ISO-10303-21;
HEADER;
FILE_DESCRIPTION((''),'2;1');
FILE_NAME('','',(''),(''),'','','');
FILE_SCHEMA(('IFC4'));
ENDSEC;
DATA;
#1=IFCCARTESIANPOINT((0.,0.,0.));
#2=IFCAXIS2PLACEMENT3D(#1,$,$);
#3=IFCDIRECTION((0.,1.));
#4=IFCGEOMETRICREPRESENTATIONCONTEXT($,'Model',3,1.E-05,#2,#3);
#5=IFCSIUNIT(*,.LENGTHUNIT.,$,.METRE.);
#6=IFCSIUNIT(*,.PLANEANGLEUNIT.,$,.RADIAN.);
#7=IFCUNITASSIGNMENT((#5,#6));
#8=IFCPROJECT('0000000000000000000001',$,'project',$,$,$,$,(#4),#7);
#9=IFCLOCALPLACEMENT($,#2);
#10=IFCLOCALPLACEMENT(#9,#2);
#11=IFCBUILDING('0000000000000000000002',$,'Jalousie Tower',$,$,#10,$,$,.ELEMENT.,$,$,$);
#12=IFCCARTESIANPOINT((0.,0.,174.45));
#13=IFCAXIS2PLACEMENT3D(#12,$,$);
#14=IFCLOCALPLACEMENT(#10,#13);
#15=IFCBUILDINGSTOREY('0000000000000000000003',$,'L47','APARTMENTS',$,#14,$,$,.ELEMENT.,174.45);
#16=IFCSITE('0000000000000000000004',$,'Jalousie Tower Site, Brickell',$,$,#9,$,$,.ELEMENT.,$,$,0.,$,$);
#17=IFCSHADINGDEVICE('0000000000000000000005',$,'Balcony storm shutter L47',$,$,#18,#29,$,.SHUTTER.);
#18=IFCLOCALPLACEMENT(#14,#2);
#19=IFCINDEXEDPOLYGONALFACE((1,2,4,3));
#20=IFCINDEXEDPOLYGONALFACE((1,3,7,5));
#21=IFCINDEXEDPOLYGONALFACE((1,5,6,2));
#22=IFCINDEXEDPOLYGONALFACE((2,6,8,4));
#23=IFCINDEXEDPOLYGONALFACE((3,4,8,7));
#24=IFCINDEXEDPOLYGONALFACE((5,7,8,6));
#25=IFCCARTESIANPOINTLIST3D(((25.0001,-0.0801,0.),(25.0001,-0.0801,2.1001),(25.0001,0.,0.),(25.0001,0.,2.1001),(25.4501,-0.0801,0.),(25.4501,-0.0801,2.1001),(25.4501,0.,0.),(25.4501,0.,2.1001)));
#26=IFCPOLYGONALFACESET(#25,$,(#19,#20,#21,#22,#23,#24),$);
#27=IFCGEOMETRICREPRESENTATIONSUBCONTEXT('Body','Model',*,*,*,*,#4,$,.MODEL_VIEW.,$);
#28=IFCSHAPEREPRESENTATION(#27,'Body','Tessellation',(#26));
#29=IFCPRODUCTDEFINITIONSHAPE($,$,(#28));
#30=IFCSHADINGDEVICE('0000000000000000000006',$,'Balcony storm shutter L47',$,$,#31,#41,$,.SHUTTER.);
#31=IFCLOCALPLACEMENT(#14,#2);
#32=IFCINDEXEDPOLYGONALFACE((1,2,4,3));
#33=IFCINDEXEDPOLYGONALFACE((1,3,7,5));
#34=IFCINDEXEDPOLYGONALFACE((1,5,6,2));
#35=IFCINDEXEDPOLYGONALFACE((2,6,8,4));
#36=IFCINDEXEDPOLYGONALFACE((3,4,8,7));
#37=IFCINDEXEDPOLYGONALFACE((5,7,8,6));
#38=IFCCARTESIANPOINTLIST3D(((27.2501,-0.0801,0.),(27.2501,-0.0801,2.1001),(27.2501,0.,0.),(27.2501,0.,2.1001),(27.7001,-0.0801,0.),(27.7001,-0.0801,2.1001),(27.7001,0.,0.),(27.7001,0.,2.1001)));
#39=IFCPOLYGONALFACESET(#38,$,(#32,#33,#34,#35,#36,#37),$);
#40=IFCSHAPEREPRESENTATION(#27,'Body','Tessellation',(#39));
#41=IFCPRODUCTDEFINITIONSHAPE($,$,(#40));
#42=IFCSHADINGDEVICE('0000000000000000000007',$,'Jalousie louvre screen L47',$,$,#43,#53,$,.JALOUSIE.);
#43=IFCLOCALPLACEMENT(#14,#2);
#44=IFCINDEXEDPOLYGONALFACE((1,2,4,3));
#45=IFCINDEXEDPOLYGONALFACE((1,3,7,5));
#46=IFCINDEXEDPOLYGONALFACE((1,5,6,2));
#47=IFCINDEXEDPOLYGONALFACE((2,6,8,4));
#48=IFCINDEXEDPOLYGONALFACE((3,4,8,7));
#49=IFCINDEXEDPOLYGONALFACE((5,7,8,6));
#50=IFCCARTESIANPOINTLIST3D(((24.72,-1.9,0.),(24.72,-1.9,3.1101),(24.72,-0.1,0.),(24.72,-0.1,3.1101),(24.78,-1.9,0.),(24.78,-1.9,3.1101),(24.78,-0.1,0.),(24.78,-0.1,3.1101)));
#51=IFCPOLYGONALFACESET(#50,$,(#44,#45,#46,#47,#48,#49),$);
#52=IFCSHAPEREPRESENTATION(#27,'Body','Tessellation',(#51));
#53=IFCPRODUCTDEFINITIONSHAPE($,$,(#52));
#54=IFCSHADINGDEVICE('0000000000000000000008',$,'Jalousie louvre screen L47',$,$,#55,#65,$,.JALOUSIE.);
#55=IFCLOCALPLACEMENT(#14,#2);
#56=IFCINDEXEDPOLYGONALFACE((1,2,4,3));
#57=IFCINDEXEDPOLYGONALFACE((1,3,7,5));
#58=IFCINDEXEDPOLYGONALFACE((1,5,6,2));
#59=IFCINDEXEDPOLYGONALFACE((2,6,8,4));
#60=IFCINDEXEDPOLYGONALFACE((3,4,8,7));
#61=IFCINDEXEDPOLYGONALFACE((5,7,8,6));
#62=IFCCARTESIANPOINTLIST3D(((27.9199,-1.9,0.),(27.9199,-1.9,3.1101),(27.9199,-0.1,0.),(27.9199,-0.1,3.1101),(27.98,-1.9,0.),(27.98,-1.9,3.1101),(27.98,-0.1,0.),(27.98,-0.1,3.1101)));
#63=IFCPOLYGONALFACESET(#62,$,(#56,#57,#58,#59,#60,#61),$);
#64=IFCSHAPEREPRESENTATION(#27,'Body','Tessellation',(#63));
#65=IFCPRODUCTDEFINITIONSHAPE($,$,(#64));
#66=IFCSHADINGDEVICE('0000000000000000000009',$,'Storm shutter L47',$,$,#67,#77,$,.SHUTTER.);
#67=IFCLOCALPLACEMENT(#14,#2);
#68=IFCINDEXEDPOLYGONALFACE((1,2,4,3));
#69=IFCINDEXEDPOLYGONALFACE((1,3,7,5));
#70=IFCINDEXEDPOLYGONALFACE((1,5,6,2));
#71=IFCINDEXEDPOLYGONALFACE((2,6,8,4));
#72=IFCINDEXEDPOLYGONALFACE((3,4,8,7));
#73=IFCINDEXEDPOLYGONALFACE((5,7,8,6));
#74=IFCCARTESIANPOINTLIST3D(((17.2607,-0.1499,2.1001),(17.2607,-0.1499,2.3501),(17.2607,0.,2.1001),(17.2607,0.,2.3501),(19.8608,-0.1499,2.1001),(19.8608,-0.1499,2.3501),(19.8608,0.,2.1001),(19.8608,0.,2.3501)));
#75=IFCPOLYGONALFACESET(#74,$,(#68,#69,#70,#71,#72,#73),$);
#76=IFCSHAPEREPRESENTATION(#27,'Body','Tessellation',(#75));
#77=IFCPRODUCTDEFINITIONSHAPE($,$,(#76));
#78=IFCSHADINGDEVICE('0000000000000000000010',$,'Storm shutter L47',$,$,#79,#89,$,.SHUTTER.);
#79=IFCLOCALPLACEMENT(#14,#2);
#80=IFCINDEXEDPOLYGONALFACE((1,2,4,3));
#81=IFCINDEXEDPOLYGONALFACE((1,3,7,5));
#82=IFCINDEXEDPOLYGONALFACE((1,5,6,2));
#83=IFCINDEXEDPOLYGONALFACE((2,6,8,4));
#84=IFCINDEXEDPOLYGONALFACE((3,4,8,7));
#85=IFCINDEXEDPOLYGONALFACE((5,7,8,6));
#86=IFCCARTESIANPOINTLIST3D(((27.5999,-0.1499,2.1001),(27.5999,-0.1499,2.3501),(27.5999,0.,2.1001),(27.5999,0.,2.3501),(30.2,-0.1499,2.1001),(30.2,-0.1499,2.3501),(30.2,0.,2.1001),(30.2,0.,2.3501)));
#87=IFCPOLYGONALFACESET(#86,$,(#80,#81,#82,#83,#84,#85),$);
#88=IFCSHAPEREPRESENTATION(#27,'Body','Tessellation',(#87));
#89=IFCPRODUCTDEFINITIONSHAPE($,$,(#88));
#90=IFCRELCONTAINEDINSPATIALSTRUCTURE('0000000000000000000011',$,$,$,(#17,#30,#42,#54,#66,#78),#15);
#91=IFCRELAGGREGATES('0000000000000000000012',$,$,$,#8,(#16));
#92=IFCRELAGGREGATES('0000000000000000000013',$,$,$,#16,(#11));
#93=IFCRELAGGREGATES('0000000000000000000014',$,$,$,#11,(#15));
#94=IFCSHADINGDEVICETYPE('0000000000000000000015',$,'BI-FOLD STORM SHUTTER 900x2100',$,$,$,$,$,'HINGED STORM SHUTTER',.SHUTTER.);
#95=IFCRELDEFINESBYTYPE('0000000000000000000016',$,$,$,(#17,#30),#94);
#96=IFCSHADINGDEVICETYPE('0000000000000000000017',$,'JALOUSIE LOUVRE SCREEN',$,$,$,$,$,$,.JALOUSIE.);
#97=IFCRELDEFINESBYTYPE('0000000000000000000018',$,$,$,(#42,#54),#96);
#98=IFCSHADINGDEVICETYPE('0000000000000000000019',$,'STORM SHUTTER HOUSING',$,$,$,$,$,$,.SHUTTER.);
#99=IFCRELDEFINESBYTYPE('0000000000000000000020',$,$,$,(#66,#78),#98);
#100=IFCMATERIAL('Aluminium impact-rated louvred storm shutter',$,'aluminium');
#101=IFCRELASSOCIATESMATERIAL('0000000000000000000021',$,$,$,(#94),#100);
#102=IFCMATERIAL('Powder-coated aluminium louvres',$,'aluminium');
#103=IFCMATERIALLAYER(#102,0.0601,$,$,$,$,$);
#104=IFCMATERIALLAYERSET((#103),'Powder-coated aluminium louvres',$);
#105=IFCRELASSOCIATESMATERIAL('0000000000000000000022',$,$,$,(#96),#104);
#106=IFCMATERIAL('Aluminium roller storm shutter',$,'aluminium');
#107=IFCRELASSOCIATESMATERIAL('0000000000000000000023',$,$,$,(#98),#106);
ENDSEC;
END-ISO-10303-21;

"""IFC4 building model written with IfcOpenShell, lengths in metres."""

from ifc_helpers import new_model, si_unit, direction, frame, origin, origin_2d, place, context, subcontext, project, spatial, rectangle, extrude, material, layer, layer_set, type_object, element, save


model = new_model("IFC4")

# Units and contexts
model_context = context("Model", 3, precision=1e-05, world=origin(), true_north=direction((0.0, 1.0)))
body_context = subcontext(model_context, "Body", "Model", "MODEL_VIEW")
ifc_project = project(units=[si_unit("LENGTHUNIT", "METRE"), si_unit("PLANEANGLEUNIT", "RADIAN")], contexts=[model_context])

# Site, building, storey
site_placement = place(None, origin())
site = spatial("IfcSite", under=ifc_project, at=site_placement, Name="Jalousie Tower Site, Brickell", CompositionType="ELEMENT", RefElevation=0.0)
building_placement = place(site_placement, origin())
building = spatial("IfcBuilding", under=site, at=building_placement, Name="Jalousie Tower", CompositionType="ELEMENT")
storey_placement = place(building_placement, frame((0.0, 0.0, 174.45)))
storey = spatial("IfcBuildingStorey", under=building, at=storey_placement, Name="L47", Description="APARTMENTS", CompositionType="ELEMENT", Elevation=174.45)

# Shading devices
ifc_material_1 = material(Name="Aluminium impact-rated louvred storm shutter", Category="aluminium")
shading_device_type_1 = type_object("IfcShadingDeviceType", Name="BI-FOLD STORM SHUTTER 900x2100", ElementType="HINGED STORM SHUTTER", PredefinedType="SHUTTER", material=ifc_material_1)
for number, where, z_axis, x_axis, name in (
    (1, (25.2251, -0.04, 0.0), (0.0, 0.0, 1.0), (1.0, 0.0, 0.0), "Balcony storm shutter L47"),
    (2, (27.4751, -0.04, 0.0), (0.0, 0.0, 1.0), (1.0, 0.0, 0.0), "Balcony storm shutter L47"),
):
    element("IfcShadingDevice", number, at=place(storey_placement, frame(where, z_axis=z_axis, x_axis=x_axis)), inside=storey, type_object=shading_device_type_1, Name=name, PredefinedType="SHUTTER", context=body_context, shape_type="SweptSolid", body=[
        extrude(rectangle(XDim=0.45, YDim=0.0801, at=origin_2d()), origin(), (0.0, 0.0, 1.0), 2.1001),
    ])

# Shading devices
ifc_material_2 = material(Name="Powder-coated aluminium louvres", Category="aluminium")
ifc_layer_1 = layer(ifc_material_2, 0.0601)
ifc_layer_set_1 = layer_set([ifc_layer_1], Name="Powder-coated aluminium louvres")
shading_device_type_2 = type_object("IfcShadingDeviceType", Name="JALOUSIE LOUVRE SCREEN", PredefinedType="JALOUSIE", material=ifc_layer_set_1)
for number, where, z_axis, x_axis, name in (
    (3, (24.75, -1.0, 0.0), (0.0, 0.0, 1.0), (1.0, 0.0, 0.0), "Jalousie louvre screen L47"),
    (4, (27.95, -1.0, 0.0), (0.0, 0.0, 1.0), (1.0, 0.0, 0.0), "Jalousie louvre screen L47"),
):
    element("IfcShadingDevice", number, at=place(storey_placement, frame(where, z_axis=z_axis, x_axis=x_axis)), inside=storey, type_object=shading_device_type_2, Name=name, PredefinedType="JALOUSIE", context=body_context, shape_type="SweptSolid", body=[
        extrude(rectangle(XDim=0.0601, YDim=1.8, at=origin_2d()), origin(), (0.0, 0.0, 1.0), 3.1101),
    ])
ifc_material_3 = material(Name="Aluminium roller storm shutter", Category="aluminium")
shading_device_type_3 = type_object("IfcShadingDeviceType", Name="STORM SHUTTER HOUSING", PredefinedType="SHUTTER", material=ifc_material_3)
for number, where, z_axis, x_axis, name in (
    (5, (18.5608, -0.075, 2.1001), (0.0, 0.0, 1.0), (1.0, 0.0, 0.0), "Storm shutter L47"),
    (6, (28.8999, -0.075, 2.1001), (0.0, 0.0, 1.0), (1.0, 0.0, 0.0), "Storm shutter L47"),
):
    element("IfcShadingDevice", number, at=place(storey_placement, frame(where, z_axis=z_axis, x_axis=x_axis)), inside=storey, type_object=shading_device_type_3, Name=name, PredefinedType="SHUTTER", context=body_context, shape_type="SweptSolid", body=[
        extrude(rectangle(XDim=2.6001, YDim=0.1499, at=origin_2d()), origin(), (0.0, 0.0, 1.0), 0.25),
    ])

save(model, "model.ifc")
